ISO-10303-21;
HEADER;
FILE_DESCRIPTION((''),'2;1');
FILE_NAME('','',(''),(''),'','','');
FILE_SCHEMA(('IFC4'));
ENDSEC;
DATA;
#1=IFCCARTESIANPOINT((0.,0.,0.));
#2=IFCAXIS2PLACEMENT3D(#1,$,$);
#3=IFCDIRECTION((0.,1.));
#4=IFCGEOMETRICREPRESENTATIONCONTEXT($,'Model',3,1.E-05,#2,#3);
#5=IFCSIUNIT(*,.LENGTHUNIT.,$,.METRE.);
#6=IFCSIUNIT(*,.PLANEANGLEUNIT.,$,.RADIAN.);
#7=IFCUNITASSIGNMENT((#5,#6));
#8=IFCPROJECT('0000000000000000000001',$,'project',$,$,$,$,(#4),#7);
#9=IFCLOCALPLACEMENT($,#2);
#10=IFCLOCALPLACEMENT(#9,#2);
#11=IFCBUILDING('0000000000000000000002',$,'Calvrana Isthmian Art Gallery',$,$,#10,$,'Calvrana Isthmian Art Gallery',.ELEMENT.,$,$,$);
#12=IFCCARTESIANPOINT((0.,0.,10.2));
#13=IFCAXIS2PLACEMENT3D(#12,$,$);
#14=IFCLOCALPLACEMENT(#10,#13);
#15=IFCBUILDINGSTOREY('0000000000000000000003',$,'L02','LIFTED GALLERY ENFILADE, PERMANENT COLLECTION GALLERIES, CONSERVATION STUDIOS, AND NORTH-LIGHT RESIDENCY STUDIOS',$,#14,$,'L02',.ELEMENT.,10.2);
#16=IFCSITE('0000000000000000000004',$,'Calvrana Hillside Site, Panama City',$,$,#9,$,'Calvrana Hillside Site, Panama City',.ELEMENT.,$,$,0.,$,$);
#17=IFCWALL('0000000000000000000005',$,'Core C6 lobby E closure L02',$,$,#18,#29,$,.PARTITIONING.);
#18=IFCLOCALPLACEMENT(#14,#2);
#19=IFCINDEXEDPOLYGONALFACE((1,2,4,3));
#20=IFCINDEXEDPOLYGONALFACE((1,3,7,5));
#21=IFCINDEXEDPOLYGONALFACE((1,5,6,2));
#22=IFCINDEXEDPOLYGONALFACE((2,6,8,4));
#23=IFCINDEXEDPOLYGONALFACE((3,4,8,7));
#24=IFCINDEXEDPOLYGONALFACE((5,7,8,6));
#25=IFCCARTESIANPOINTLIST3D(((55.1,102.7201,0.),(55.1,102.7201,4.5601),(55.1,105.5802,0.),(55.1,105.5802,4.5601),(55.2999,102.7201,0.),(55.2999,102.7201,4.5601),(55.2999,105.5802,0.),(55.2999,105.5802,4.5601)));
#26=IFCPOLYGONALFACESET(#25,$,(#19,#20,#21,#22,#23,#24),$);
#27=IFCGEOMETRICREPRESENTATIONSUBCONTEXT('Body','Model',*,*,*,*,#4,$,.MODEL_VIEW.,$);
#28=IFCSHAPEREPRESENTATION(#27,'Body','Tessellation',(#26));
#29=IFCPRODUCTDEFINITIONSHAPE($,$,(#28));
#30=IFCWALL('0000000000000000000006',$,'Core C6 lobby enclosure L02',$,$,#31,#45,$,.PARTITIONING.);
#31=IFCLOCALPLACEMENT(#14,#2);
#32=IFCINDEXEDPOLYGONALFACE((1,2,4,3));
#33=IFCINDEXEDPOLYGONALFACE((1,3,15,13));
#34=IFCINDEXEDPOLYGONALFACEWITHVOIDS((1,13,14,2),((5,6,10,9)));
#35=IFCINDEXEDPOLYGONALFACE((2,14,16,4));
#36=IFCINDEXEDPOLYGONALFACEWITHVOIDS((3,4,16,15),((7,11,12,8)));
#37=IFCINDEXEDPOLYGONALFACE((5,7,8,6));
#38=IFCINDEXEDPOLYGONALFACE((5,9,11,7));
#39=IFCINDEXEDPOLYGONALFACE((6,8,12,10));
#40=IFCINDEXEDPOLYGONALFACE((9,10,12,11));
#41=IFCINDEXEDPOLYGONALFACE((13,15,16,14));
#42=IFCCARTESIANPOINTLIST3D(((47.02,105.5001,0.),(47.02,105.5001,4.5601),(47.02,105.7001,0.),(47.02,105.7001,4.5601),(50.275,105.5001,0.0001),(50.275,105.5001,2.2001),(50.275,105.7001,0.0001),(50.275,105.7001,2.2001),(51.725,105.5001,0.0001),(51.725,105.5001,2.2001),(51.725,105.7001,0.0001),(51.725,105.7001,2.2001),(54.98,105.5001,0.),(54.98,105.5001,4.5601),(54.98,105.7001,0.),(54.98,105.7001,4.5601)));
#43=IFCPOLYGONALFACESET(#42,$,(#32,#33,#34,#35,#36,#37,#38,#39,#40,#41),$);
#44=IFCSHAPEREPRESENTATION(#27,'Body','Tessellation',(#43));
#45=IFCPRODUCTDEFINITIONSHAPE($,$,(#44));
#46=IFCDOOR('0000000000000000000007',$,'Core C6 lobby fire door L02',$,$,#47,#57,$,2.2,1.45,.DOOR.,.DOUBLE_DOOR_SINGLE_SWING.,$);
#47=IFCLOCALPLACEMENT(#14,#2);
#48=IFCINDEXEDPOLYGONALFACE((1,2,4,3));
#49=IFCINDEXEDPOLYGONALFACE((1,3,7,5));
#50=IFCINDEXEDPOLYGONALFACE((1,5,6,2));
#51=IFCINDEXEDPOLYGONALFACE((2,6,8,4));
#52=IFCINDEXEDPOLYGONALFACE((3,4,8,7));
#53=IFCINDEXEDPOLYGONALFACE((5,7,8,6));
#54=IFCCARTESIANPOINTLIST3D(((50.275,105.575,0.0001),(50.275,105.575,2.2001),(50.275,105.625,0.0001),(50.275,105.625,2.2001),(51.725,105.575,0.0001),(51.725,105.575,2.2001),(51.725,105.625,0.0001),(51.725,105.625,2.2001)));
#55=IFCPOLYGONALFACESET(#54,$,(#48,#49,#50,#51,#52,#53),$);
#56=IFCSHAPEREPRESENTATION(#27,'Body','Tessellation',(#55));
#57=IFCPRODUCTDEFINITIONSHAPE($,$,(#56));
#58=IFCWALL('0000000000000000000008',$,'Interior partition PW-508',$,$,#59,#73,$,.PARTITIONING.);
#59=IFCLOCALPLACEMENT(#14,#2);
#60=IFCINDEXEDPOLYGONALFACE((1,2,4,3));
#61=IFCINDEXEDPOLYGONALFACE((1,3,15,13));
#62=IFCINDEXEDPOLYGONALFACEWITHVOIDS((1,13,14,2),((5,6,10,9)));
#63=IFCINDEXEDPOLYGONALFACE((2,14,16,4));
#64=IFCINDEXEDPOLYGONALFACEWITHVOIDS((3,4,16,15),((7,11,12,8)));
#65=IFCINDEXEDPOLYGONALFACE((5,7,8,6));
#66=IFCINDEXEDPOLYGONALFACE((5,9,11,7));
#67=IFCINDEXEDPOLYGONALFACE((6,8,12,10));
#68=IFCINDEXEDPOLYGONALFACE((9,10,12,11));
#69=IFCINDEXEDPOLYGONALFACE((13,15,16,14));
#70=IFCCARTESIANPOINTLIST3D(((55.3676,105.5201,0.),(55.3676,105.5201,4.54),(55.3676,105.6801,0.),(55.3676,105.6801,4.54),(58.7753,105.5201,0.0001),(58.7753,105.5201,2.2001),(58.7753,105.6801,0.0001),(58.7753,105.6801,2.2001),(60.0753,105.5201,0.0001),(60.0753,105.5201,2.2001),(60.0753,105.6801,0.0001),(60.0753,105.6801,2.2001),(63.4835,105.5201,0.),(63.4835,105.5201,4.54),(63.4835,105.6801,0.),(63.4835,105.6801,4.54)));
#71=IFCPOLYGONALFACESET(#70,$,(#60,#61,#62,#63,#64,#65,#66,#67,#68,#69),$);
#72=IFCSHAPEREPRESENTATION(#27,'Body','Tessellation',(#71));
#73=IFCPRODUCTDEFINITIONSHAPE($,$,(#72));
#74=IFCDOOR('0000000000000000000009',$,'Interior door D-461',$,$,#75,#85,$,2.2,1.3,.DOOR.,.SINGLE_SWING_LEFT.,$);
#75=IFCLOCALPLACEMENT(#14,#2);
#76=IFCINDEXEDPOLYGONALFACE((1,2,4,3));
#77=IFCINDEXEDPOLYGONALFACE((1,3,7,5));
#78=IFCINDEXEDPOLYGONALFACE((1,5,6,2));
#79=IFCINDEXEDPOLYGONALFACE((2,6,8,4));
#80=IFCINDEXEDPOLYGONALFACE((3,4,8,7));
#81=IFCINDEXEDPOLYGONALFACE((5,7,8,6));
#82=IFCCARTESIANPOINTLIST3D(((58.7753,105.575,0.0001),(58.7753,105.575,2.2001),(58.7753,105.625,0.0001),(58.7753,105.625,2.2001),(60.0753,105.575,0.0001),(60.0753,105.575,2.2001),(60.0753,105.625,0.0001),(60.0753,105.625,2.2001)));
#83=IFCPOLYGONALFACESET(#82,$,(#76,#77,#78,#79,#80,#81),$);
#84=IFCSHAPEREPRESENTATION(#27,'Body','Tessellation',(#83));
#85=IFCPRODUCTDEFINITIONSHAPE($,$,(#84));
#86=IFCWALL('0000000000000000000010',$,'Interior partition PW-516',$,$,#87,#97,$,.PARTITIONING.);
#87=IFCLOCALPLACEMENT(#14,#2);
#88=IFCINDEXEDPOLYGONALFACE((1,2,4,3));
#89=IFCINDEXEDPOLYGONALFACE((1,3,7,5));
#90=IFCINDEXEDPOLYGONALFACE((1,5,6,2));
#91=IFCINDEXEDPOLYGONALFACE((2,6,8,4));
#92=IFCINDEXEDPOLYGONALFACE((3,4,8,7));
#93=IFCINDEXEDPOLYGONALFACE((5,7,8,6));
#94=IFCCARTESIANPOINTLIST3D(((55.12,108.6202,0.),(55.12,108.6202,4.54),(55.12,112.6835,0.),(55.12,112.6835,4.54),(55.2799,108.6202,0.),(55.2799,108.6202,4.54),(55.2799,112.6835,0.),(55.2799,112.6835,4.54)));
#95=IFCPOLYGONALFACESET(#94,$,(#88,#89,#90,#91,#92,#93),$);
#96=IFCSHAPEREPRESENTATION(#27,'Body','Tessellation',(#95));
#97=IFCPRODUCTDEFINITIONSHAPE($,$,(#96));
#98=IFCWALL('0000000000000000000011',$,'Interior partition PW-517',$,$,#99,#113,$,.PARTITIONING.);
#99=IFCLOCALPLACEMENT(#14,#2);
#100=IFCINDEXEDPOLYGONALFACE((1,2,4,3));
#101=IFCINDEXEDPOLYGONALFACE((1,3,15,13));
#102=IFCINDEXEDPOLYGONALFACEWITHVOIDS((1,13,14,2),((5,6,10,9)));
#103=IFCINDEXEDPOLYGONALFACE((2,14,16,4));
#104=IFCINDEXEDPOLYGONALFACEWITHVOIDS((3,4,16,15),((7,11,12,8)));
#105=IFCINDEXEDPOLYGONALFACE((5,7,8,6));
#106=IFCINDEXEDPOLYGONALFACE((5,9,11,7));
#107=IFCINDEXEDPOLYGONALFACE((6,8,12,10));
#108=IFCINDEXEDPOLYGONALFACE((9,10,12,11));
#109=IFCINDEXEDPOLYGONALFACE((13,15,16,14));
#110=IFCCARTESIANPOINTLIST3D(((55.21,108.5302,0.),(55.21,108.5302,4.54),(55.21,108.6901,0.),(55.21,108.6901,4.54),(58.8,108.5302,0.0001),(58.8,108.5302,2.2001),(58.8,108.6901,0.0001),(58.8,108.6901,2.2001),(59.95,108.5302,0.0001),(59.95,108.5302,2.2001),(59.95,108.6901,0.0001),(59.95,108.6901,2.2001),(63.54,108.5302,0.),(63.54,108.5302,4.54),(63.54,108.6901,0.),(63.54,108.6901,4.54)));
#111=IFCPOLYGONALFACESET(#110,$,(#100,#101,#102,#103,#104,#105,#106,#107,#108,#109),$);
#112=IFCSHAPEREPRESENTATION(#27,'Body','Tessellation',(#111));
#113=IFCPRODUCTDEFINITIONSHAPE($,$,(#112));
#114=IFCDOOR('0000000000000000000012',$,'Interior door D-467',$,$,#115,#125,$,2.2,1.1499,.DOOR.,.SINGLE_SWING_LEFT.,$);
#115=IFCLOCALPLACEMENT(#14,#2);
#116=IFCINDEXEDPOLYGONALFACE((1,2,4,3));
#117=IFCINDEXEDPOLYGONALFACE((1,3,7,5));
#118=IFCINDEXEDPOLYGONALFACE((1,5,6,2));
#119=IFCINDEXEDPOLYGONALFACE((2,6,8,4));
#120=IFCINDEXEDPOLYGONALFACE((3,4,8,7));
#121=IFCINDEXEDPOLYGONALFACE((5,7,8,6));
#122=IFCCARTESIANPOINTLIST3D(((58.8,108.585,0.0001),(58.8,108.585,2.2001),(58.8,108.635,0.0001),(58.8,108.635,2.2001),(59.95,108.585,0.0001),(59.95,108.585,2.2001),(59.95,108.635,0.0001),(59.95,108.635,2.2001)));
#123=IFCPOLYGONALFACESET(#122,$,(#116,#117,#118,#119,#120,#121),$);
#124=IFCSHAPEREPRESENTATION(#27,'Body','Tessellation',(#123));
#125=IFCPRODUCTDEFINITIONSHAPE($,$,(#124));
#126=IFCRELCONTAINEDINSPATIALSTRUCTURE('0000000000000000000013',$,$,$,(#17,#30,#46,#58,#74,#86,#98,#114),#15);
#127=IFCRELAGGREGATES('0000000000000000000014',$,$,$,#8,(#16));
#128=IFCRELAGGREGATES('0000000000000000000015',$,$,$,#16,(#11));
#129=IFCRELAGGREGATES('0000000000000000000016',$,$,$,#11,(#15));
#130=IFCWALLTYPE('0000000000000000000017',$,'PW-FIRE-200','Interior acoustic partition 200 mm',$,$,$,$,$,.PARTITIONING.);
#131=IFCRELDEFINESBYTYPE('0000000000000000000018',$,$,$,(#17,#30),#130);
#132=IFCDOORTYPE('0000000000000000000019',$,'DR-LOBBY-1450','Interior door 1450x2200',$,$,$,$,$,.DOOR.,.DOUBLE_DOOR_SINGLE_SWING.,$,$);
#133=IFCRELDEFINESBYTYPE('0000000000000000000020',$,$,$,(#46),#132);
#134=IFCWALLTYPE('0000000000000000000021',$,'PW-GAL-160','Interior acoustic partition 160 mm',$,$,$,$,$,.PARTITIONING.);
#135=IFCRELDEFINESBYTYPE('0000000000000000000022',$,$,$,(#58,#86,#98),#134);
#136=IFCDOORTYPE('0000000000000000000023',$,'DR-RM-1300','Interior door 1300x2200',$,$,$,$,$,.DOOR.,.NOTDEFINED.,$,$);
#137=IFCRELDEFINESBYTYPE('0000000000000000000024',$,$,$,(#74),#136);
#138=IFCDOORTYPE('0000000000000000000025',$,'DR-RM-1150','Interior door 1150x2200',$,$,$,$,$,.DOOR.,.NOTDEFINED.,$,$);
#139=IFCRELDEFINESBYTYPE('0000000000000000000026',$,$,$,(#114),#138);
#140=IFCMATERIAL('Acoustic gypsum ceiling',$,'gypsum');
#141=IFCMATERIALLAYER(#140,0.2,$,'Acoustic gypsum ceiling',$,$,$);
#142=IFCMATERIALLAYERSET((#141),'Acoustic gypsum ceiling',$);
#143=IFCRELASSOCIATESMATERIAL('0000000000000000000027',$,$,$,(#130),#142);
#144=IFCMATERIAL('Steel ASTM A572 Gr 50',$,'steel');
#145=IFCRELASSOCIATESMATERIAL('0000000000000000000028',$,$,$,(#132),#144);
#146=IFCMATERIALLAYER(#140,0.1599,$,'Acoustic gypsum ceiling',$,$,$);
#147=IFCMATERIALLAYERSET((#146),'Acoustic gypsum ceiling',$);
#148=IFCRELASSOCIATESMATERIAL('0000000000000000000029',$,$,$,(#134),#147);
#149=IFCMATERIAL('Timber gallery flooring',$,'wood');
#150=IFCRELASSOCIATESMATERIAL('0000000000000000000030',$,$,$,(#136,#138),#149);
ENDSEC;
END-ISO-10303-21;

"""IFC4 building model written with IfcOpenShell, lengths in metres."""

from ifc_helpers import new_model, si_unit, direction, frame, frame_2d, origin, place, context, subcontext, project, spatial, rectangle, extrude, material, layer, layer_set, type_object, element, fill, save


model = new_model("IFC4")

# Units and contexts
model_context = context("Model", 3, precision=1e-05, world=origin(), true_north=direction((0.0, 1.0)))
body_context = subcontext(model_context, "Body", "Model", "MODEL_VIEW")
ifc_project = project(units=[si_unit("LENGTHUNIT", "METRE"), si_unit("PLANEANGLEUNIT", "RADIAN")], contexts=[model_context])

# Site, building, storey
site_placement = place(None, origin())
site = spatial("IfcSite", under=ifc_project, at=site_placement, Name="Calvrana Hillside Site, Panama City", LongName="Calvrana Hillside Site, Panama City", CompositionType="ELEMENT", RefElevation=0.0)
building_placement = place(site_placement, origin())
building = spatial("IfcBuilding", under=site, at=building_placement, Name="Calvrana Isthmian Art Gallery", LongName="Calvrana Isthmian Art Gallery", CompositionType="ELEMENT")
storey_placement = place(building_placement, frame((0.0, 0.0, 10.2)))
storey = spatial("IfcBuildingStorey", under=building, at=storey_placement, Name="L02", Description="LIFTED GALLERY ENFILADE, PERMANENT COLLECTION GALLERIES, CONSERVATION STUDIOS, AND NORTH-LIGHT RESIDENCY STUDIOS", LongName="L02", CompositionType="ELEMENT", Elevation=10.2)

# Shared definitions
ifc_material_1 = material(Name="Steel ASTM A572 Gr 50", Category="steel")

# Wall
ifc_material_2 = material(Name="Acoustic gypsum ceiling", Category="gypsum")
ifc_layer_1 = layer(ifc_material_2, 0.2, Name="Acoustic gypsum ceiling")
ifc_layer_set_1 = layer_set([ifc_layer_1], Name="Acoustic gypsum ceiling")
wall_type_1 = type_object("IfcWallType", Name="PW-FIRE-200", Description="Interior acoustic partition 200 mm", PredefinedType="PARTITIONING", material=ifc_layer_set_1)
wall_1_placement = place(storey_placement, frame((55.2, 102.72, 0.0), z_axis=(0.0, 0.0, 1.0), x_axis=(0.0, 1.0, 0.0)))
element("IfcWall", 1, at=wall_1_placement, inside=storey, type_object=wall_type_1, Name="Core C6 lobby E closure L02", PredefinedType="PARTITIONING", context=body_context, shape_type="SweptSolid", body=[
    extrude(rectangle(XDim=2.8601, YDim=0.2, at=frame_2d((1.4302, 0.0))), origin(), (0.0, 0.0, 1.0), 4.5601),
])

# Walls, openings, doors
wall_2_placement = place(storey_placement, frame((47.02, 105.6001, 0.0), z_axis=(0.0, 0.0, 1.0), x_axis=(1.0, 0.0, 0.0)))
wall_2 = element("IfcWall", 2, at=wall_2_placement, inside=storey, type_object=wall_type_1, Name="Core C6 lobby enclosure L02", PredefinedType="PARTITIONING", context=body_context, shape_type="SweptSolid", body=[
    extrude(rectangle(XDim=7.96, YDim=0.2, at=frame_2d((3.98, 0.0))), origin(), (0.0, 0.0, 1.0), 4.5601),
])
opening_1_placement = place(wall_2_placement, frame((3.2549, 0.0, 0.0)))
opening_1 = element("IfcOpeningElement", 3, at=opening_1_placement, cuts=wall_2, PredefinedType="OPENING", context=body_context, shape_type="SweptSolid", body=[
    extrude(rectangle(XDim=1.45, YDim=2.2, at=frame_2d((0.7251, 1.1001))), frame((0.0, 0.1104, 0.0), z_axis=(0.0, -1.0, 0.0), x_axis=(1.0, 0.0, 0.0)), (0.0, 0.0, 1.0), 0.2205),
])
door_type_1 = type_object("IfcDoorType", Name="DR-LOBBY-1450", Description="Interior door 1450x2200", OperationType="DOUBLE_DOOR_SINGLE_SWING", PredefinedType="DOOR", material=ifc_material_1)
door_1_placement = place(opening_1_placement, origin())
door_1 = element("IfcDoor", 4, at=door_1_placement, inside=storey, type_object=door_type_1, Name="Core C6 lobby fire door L02", OperationType="DOUBLE_DOOR_SINGLE_SWING", OverallHeight=2.2, OverallWidth=1.45, PredefinedType="DOOR", context=body_context, shape_type="SweptSolid", body=[
    extrude(rectangle(XDim=1.45, YDim=2.2, at=frame_2d((0.7251, 1.1001))), frame((0.0, 0.0249, 0.0), z_axis=(0.0, -1.0, 0.0), x_axis=(1.0, 0.0, 0.0)), (0.0, 0.0, 1.0), 0.05),
])
fill(opening_1, door_1)
ifc_layer_2 = layer(ifc_material_2, 0.1599, Name="Acoustic gypsum ceiling")
ifc_layer_set_2 = layer_set([ifc_layer_2], Name="Acoustic gypsum ceiling")
wall_type_2 = type_object("IfcWallType", Name="PW-GAL-160", Description="Interior acoustic partition 160 mm", PredefinedType="PARTITIONING", material=ifc_layer_set_2)
wall_3_placement = place(storey_placement, frame((55.3674, 105.6001, 0.0), z_axis=(0.0, 0.0, 1.0), x_axis=(1.0, 0.0, 0.0)))
wall_3 = element("IfcWall", 5, at=wall_3_placement, inside=storey, type_object=wall_type_2, Name="Interior partition PW-508", PredefinedType="PARTITIONING", context=body_context, shape_type="SweptSolid", body=[
    extrude(rectangle(XDim=8.116, YDim=0.1599, at=frame_2d((4.0581, 0.0))), origin(), (0.0, 0.0, 1.0), 4.54),
])
opening_2_placement = place(wall_3_placement, frame((3.408, 0.0, 0.0)))
opening_2 = element("IfcOpeningElement", 6, at=opening_2_placement, cuts=wall_3, PredefinedType="OPENING", context=body_context, shape_type="SweptSolid", body=[
    extrude(rectangle(XDim=1.3, YDim=2.2, at=frame_2d((0.6499, 1.1001))), frame((0.0, 0.0903, 0.0), z_axis=(0.0, -1.0, 0.0), x_axis=(1.0, 0.0, 0.0)), (0.0, 0.0, 1.0), 0.1804),
])
ifc_material_3 = material(Name="Timber gallery flooring", Category="wood")
door_type_2 = type_object("IfcDoorType", Name="DR-RM-1300", Description="Interior door 1300x2200", OperationType="NOTDEFINED", PredefinedType="DOOR", material=ifc_material_3)
door_2_placement = place(opening_2_placement, origin())
door_2 = element("IfcDoor", 7, at=door_2_placement, inside=storey, type_object=door_type_2, Name="Interior door D-461", OperationType="SINGLE_SWING_LEFT", OverallHeight=2.2, OverallWidth=1.3, PredefinedType="DOOR", context=body_context, shape_type="SweptSolid", body=[
    extrude(rectangle(XDim=1.3, YDim=2.2, at=frame_2d((0.6499, 1.1001))), frame((0.0, 0.0249, 0.0), z_axis=(0.0, -1.0, 0.0), x_axis=(1.0, 0.0, 0.0)), (0.0, 0.0, 1.0), 0.05),
])
fill(opening_2, door_2)

# Wall
wall_4_placement = place(storey_placement, frame((55.2, 108.6201, 0.0), z_axis=(0.0, 0.0, 1.0), x_axis=(0.0, 1.0, 0.0)))
element("IfcWall", 8, at=wall_4_placement, inside=storey, type_object=wall_type_2, Name="Interior partition PW-516", PredefinedType="PARTITIONING", context=body_context, shape_type="SweptSolid", body=[
    extrude(rectangle(XDim=4.0632, YDim=0.1599, at=frame_2d((2.0317, 0.0))), origin(), (0.0, 0.0, 1.0), 4.54),
])

# Wall, opening, door
wall_5_placement = place(storey_placement, frame((55.21, 108.6101, 0.0), z_axis=(0.0, 0.0, 1.0), x_axis=(1.0, 0.0, 0.0)))
wall_5 = element("IfcWall", 9, at=wall_5_placement, inside=storey, type_object=wall_type_2, Name="Interior partition PW-517", PredefinedType="PARTITIONING", context=body_context, shape_type="SweptSolid", body=[
    extrude(rectangle(XDim=8.3301, YDim=0.1599, at=frame_2d((4.165, 0.0))), origin(), (0.0, 0.0, 1.0), 4.54),
])
opening_3_placement = place(wall_5_placement, frame((3.5901, 0.0, 0.0)))
opening_3 = element("IfcOpeningElement", 10, at=opening_3_placement, cuts=wall_5, PredefinedType="OPENING", context=body_context, shape_type="SweptSolid", body=[
    extrude(rectangle(XDim=1.1499, YDim=2.2, at=frame_2d((0.575, 1.1001))), frame((0.0, 0.0903, 0.0), z_axis=(0.0, -1.0, 0.0), x_axis=(1.0, 0.0, 0.0)), (0.0, 0.0, 1.0), 0.1804),
])
door_type_3 = type_object("IfcDoorType", Name="DR-RM-1150", Description="Interior door 1150x2200", OperationType="NOTDEFINED", PredefinedType="DOOR", material=ifc_material_3)
door_3_placement = place(opening_3_placement, origin())
door_3 = element("IfcDoor", 11, at=door_3_placement, inside=storey, type_object=door_type_3, Name="Interior door D-467", OperationType="SINGLE_SWING_LEFT", OverallHeight=2.2, OverallWidth=1.1499, PredefinedType="DOOR", context=body_context, shape_type="SweptSolid", body=[
    extrude(rectangle(XDim=1.1499, YDim=2.2, at=frame_2d((0.575, 1.1001))), frame((0.0, 0.0249, 0.0), z_axis=(0.0, -1.0, 0.0), x_axis=(1.0, 0.0, 0.0)), (0.0, 0.0, 1.0), 0.05),
])
fill(opening_3, door_3)

save(model, "model.ifc")
